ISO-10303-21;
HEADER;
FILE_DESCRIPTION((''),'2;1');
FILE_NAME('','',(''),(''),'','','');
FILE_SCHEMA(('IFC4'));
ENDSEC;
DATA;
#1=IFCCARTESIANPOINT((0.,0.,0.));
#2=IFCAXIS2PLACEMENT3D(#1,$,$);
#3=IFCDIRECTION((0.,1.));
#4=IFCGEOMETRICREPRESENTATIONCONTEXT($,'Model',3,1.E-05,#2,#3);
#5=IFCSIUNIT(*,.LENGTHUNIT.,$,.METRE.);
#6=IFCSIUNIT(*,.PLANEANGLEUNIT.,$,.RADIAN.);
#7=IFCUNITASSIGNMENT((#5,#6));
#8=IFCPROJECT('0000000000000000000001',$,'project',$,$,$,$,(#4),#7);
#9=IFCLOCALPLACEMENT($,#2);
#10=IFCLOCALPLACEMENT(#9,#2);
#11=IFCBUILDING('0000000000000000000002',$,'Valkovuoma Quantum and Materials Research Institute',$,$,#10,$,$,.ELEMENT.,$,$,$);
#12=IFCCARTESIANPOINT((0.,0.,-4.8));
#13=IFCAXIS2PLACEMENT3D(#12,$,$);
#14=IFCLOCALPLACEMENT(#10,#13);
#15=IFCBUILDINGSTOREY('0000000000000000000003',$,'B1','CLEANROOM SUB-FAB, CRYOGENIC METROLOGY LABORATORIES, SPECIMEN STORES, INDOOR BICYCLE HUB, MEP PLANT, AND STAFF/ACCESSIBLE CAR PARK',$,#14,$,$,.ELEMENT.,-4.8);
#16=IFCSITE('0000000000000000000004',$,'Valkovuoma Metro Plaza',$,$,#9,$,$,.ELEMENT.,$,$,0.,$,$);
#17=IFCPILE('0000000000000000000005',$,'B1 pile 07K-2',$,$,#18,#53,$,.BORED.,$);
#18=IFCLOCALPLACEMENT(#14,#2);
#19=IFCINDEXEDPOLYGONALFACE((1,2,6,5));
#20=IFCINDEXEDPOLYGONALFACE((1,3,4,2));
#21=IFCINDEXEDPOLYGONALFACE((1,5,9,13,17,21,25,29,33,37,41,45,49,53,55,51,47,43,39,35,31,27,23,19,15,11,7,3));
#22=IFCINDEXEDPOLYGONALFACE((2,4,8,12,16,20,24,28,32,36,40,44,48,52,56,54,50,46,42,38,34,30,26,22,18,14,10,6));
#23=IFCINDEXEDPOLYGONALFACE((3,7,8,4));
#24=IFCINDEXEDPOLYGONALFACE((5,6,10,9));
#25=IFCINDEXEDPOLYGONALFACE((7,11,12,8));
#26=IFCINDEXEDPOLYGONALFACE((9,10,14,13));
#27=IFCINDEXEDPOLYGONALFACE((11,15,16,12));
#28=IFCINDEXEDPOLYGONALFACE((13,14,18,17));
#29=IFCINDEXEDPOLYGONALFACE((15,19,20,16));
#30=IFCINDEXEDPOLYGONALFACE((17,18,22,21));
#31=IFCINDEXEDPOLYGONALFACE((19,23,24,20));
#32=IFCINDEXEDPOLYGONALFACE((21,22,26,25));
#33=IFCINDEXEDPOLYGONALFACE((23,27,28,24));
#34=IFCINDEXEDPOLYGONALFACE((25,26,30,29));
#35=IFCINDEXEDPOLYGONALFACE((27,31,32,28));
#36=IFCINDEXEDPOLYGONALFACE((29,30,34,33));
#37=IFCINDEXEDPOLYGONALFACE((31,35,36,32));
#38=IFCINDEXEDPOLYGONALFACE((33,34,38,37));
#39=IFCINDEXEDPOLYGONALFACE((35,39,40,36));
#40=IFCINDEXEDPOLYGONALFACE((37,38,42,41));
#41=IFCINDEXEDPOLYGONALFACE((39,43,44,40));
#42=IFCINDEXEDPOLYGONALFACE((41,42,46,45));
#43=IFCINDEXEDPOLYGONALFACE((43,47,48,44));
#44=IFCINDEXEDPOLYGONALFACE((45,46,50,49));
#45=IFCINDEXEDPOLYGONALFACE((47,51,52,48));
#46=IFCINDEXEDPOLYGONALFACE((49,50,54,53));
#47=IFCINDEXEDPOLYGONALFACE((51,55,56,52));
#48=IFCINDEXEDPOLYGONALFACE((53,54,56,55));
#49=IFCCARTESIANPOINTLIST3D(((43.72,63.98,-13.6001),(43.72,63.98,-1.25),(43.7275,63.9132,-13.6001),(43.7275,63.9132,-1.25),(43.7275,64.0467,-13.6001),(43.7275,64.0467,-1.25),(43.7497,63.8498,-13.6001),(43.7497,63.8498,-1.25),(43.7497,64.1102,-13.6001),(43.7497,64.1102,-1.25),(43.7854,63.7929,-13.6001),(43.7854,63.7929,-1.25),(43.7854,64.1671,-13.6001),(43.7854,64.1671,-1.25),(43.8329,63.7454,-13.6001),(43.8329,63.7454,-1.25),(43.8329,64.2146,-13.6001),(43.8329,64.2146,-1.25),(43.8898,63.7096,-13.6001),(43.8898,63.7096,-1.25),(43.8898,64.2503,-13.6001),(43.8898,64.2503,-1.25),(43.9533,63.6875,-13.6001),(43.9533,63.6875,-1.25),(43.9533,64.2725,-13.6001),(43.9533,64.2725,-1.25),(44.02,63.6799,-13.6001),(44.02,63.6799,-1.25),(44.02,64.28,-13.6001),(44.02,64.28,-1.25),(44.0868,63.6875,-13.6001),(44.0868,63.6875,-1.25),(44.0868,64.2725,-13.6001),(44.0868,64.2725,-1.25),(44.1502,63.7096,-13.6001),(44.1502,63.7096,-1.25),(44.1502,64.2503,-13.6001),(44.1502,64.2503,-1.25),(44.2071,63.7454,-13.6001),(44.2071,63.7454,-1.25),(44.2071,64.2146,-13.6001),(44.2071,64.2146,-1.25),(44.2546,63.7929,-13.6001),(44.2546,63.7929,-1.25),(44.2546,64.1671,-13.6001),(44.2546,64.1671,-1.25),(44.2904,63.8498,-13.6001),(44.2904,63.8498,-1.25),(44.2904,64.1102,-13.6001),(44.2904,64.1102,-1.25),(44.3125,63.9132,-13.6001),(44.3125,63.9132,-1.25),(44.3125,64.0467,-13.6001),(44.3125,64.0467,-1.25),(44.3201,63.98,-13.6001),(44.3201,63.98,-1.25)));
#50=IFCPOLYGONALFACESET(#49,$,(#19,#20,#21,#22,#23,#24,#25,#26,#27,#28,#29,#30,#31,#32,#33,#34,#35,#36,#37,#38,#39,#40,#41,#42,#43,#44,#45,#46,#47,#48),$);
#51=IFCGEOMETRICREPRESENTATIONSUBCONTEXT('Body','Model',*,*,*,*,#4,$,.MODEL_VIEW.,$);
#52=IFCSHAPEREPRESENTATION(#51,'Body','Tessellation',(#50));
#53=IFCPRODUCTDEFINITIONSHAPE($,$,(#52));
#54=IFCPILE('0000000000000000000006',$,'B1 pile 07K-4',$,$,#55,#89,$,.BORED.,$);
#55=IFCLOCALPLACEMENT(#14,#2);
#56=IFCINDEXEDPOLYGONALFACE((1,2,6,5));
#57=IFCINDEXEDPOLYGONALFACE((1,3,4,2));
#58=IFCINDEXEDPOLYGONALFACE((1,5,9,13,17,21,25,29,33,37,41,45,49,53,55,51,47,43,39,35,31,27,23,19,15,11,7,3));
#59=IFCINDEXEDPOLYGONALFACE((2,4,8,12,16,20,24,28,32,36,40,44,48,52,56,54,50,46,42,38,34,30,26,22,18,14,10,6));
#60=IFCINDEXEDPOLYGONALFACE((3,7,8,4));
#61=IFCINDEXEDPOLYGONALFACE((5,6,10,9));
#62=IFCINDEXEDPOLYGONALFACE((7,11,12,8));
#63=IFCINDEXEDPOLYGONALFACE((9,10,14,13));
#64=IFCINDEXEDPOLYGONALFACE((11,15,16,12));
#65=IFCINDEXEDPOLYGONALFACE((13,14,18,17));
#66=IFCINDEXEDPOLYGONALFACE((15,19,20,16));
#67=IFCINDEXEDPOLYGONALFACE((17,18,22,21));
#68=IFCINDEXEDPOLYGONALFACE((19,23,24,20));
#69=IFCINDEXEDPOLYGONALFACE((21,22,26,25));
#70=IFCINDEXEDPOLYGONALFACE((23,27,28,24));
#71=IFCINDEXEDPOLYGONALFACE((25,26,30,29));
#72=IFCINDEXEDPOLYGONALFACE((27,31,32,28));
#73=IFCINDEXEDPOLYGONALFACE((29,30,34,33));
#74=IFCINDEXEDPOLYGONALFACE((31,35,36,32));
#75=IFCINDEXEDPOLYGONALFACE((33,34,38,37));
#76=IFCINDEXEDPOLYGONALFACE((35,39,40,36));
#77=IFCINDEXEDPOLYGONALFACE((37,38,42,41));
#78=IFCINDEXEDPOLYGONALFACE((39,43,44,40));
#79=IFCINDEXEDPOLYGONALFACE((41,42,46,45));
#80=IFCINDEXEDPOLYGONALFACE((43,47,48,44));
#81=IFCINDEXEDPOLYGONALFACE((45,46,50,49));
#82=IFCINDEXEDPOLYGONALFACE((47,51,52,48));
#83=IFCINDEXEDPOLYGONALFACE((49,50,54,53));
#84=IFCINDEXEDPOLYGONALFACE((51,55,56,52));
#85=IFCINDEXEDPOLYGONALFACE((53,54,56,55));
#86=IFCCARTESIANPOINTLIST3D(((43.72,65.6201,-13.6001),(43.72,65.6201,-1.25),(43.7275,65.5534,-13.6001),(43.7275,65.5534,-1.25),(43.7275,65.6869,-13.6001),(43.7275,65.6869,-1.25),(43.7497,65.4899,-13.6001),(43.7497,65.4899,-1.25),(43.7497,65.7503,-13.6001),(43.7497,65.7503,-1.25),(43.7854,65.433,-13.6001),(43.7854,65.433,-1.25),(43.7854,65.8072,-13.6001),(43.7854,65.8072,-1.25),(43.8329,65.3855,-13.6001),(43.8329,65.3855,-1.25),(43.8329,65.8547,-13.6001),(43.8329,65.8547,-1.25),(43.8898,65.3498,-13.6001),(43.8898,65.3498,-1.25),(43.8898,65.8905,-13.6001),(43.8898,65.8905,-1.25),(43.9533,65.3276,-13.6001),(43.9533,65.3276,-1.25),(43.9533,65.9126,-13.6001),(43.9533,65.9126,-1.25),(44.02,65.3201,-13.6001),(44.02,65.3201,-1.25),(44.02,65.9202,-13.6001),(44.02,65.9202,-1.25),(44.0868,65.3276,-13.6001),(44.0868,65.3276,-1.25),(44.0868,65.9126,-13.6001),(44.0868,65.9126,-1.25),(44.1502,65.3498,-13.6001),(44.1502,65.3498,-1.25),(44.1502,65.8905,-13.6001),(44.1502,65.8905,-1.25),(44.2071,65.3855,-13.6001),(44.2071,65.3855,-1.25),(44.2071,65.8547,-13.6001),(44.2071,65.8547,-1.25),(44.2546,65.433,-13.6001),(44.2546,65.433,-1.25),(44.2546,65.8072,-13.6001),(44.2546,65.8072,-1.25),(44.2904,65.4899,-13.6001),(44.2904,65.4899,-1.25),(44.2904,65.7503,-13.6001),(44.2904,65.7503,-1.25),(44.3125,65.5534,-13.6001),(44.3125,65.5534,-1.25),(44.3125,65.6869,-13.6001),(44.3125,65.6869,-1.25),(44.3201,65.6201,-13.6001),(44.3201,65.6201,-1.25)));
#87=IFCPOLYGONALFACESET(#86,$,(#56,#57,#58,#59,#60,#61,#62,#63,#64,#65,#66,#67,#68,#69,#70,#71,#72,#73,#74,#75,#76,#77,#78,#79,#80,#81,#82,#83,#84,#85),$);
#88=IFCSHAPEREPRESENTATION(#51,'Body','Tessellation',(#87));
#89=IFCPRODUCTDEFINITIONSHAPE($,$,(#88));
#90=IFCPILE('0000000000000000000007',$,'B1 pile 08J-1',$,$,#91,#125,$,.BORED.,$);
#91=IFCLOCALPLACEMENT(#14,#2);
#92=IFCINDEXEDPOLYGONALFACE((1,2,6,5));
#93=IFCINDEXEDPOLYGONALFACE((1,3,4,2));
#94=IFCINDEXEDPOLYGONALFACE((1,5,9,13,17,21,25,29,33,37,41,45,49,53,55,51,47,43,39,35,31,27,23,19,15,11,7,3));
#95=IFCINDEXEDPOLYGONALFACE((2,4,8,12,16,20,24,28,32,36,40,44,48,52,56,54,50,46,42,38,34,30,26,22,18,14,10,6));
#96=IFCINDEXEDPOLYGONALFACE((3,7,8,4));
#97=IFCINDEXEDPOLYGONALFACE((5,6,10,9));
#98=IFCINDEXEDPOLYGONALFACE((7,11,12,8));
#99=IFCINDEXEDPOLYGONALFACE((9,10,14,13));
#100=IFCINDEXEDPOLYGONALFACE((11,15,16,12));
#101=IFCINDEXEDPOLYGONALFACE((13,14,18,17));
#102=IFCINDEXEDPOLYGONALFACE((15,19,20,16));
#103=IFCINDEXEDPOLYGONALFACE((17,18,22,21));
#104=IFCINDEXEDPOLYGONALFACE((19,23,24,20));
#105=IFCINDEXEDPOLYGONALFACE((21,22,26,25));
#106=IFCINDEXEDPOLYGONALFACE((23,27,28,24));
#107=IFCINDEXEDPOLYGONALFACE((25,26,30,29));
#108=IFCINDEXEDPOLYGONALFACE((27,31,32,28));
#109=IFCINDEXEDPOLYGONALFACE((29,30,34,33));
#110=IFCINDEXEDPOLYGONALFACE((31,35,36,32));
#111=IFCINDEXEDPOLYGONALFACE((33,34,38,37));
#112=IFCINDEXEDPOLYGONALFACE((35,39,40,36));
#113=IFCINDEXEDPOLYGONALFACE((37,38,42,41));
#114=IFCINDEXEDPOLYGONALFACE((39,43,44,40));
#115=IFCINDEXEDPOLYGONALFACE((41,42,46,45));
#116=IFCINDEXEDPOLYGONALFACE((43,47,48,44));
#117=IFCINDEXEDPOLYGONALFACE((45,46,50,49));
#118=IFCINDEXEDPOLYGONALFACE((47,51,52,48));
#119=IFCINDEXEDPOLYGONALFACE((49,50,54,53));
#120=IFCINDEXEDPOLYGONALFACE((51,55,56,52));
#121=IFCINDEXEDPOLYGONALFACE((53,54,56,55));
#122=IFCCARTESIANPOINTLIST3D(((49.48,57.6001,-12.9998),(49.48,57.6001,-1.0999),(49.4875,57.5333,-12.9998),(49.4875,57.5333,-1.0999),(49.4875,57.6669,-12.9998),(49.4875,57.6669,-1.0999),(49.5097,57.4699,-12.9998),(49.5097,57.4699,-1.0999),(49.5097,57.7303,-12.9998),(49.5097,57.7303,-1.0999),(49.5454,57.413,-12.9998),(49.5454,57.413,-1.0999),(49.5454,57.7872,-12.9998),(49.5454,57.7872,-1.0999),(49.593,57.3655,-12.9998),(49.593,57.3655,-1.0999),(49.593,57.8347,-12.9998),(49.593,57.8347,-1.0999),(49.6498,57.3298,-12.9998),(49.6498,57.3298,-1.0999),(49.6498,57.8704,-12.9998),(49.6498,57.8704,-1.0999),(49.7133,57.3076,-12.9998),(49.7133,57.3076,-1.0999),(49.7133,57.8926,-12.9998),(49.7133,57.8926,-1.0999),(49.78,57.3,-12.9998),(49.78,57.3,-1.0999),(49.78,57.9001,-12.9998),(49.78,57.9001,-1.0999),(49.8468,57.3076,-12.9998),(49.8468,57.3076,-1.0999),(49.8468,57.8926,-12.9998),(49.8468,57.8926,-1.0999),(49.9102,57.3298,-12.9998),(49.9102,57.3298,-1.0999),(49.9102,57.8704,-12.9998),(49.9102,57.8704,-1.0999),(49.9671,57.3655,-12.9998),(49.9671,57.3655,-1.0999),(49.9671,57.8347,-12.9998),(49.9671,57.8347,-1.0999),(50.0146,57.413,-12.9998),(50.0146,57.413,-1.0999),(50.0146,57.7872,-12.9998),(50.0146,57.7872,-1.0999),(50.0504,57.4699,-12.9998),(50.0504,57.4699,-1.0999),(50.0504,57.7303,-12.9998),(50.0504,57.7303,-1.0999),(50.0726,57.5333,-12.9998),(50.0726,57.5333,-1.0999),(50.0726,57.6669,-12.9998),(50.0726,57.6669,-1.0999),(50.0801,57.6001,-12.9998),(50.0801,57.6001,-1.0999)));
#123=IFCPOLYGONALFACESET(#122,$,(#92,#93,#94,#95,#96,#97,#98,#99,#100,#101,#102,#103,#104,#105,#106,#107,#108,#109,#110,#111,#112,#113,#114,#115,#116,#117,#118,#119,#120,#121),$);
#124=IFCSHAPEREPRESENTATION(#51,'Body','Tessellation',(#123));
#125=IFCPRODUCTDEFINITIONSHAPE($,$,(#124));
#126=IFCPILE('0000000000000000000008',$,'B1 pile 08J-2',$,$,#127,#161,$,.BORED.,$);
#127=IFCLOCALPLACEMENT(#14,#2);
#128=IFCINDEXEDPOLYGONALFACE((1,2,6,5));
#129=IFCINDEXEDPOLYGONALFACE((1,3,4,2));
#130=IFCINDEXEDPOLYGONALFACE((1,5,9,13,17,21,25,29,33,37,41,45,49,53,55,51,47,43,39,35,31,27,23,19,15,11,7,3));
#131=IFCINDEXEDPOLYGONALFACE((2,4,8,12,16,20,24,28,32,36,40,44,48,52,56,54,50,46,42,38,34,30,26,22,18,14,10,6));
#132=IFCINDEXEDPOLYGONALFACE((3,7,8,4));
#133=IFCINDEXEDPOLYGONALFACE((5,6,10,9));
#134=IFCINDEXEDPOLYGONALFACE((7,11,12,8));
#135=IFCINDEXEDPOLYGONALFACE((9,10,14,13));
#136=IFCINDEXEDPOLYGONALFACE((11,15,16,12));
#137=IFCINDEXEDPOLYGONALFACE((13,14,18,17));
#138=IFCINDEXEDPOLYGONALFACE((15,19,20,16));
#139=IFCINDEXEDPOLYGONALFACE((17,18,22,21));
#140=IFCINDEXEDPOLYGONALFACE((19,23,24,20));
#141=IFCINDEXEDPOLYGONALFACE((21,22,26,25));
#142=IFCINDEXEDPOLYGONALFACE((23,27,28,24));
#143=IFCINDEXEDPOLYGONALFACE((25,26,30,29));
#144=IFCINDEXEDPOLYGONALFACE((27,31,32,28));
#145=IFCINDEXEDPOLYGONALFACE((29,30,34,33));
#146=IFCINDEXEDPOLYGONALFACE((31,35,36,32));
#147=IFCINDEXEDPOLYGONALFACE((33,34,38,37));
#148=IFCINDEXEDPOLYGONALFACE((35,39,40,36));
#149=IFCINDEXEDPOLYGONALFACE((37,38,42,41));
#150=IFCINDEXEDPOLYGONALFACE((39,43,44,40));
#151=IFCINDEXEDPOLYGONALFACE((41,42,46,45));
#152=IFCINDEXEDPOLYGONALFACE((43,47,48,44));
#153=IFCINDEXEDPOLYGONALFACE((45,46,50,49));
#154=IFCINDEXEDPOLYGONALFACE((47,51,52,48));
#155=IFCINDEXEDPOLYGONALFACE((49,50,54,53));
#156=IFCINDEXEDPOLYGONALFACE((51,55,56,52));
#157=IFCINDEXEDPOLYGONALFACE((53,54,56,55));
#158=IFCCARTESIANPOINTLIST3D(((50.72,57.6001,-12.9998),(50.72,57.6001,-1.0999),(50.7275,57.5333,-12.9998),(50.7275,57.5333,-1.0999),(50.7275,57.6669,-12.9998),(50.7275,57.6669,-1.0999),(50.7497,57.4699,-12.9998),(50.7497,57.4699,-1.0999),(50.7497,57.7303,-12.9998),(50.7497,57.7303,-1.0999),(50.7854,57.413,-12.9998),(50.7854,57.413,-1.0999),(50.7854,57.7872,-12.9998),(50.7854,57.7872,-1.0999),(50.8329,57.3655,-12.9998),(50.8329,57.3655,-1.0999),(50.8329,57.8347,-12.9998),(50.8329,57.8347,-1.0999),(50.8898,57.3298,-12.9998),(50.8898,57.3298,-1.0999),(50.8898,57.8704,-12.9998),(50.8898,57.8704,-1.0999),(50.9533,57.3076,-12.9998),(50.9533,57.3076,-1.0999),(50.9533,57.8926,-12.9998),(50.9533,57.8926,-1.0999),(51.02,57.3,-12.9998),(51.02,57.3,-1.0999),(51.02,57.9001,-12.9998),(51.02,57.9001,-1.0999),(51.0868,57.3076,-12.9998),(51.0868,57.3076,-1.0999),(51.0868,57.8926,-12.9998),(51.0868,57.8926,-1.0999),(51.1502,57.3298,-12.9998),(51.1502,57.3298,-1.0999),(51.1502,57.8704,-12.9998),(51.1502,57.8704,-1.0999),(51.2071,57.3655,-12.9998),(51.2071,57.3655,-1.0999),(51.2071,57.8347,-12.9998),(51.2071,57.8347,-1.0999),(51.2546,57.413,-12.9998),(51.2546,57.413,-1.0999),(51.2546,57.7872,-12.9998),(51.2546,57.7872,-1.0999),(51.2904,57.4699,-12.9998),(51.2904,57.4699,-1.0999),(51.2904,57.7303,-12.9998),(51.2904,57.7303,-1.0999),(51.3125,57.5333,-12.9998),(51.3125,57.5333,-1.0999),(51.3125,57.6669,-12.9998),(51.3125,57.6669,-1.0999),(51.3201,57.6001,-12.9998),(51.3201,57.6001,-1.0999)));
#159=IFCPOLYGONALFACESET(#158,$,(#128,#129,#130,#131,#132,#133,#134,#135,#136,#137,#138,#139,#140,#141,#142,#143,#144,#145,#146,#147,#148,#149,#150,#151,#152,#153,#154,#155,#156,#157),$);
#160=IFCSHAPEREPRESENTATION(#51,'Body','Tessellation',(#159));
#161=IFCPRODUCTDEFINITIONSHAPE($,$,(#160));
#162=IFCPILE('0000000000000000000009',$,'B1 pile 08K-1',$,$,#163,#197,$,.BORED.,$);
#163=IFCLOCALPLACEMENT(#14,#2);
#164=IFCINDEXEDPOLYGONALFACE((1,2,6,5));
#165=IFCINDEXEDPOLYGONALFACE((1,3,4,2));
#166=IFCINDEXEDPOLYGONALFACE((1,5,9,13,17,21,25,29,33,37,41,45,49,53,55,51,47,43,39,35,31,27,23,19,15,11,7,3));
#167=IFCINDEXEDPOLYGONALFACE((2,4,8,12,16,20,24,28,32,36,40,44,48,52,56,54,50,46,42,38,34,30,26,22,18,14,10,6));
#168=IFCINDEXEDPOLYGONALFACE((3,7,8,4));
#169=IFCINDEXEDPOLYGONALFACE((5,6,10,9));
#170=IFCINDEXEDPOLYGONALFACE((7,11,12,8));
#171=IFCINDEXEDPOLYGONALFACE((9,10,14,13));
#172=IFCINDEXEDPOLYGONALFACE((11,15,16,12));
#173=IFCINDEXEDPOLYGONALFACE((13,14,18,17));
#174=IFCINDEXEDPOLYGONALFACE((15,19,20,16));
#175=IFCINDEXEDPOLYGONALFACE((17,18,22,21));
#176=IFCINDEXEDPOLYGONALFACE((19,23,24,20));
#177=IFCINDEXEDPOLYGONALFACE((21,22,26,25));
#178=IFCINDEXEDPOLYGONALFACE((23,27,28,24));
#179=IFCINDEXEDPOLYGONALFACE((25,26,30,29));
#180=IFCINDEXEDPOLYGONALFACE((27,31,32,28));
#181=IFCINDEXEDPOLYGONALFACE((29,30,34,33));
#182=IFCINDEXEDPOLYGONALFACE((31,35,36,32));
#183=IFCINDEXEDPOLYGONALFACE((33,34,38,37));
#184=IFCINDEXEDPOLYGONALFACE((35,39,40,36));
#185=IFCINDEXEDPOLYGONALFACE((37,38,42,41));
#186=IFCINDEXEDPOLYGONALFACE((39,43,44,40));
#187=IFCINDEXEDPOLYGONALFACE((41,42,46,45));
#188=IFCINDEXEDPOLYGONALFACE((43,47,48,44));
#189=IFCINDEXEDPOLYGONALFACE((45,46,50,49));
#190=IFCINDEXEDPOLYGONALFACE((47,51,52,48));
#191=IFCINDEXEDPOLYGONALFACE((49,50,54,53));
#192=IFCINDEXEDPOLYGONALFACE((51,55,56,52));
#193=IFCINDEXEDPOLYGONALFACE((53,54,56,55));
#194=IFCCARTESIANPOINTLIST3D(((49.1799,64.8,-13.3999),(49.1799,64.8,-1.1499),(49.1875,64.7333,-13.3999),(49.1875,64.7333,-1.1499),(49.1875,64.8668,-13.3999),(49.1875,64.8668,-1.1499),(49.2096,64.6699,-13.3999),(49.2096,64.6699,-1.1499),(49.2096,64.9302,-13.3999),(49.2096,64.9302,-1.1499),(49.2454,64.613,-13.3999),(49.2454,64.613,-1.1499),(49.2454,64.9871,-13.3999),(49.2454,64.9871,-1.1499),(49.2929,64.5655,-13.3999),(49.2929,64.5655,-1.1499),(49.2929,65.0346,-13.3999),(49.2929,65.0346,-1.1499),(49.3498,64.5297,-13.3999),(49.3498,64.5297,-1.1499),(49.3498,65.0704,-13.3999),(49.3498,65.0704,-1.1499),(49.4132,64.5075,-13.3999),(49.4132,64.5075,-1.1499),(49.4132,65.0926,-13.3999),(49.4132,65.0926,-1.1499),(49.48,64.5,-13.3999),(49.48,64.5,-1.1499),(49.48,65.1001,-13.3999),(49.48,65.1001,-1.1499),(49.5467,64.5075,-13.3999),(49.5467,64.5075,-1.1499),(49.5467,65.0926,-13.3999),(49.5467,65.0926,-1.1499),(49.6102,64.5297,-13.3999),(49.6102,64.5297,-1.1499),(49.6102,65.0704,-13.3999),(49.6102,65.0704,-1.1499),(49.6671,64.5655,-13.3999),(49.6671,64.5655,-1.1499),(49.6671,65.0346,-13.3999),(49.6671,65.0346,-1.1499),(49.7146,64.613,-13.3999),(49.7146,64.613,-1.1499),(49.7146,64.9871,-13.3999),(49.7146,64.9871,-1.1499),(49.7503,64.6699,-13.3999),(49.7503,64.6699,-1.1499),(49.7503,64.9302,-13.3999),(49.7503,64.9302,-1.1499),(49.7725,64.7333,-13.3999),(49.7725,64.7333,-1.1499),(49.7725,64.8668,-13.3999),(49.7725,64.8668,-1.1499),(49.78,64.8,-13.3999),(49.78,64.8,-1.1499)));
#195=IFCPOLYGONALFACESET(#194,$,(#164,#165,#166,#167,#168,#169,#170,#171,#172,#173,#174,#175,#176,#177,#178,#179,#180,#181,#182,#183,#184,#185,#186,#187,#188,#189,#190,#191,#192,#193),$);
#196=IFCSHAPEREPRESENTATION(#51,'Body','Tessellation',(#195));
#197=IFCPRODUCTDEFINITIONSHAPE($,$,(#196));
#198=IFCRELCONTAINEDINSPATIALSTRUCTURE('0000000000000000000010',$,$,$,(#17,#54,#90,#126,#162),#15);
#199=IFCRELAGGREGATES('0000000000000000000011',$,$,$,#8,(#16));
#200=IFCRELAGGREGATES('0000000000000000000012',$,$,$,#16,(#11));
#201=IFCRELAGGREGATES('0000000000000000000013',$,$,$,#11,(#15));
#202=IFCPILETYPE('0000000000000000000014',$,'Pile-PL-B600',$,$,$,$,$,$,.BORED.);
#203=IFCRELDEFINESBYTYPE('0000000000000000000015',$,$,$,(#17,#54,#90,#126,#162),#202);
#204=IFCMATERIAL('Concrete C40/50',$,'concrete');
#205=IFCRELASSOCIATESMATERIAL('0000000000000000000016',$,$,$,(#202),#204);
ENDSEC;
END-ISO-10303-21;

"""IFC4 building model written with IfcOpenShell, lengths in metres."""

from ifc_helpers import new_model, si_unit, direction, frame, origin, origin_2d, place, context, subcontext, project, spatial, circle, extrude, material, material_profile, profile_set, type_object, element, save


model = new_model("IFC4")

# Units and contexts
model_context = context("Model", 3, precision=1e-05, world=origin(), true_north=direction((0.0, 1.0)))
body_context = subcontext(model_context, "Body", "Model", "MODEL_VIEW")
ifc_project = project(units=[si_unit("LENGTHUNIT", "METRE"), si_unit("PLANEANGLEUNIT", "RADIAN")], contexts=[model_context])

# Site, building, storey
site_placement = place(None, origin())
site = spatial("IfcSite", under=ifc_project, at=site_placement, Name="Valkovuoma Metro Plaza", CompositionType="ELEMENT", RefElevation=0.0)
building_placement = place(site_placement, origin())
building = spatial("IfcBuilding", under=site, at=building_placement, Name="Valkovuoma Quantum and Materials Research Institute", CompositionType="ELEMENT")
storey_placement = place(building_placement, frame((0.0, 0.0, -4.8)))
storey = spatial("IfcBuildingStorey", under=building, at=storey_placement, Name="B1", Description="CLEANROOM SUB-FAB, CRYOGENIC METROLOGY LABORATORIES, SPECIMEN STORES, INDOOR BICYCLE HUB, MEP PLANT, AND STAFF/ACCESSIBLE CAR PARK", CompositionType="ELEMENT", Elevation=-4.8)

# Piles
ifc_material_1 = material(Name="Concrete C40/50", Category="concrete")
ifc_material_profile_1 = material_profile(ifc_material_1, circle(Radius=0.3, at=origin_2d()), Name="Concrete C40/50")
ifc_profile_set_1 = profile_set([ifc_material_profile_1], Name="Concrete C40/50")
pile_type_1 = type_object("IfcPileType", Name="Pile-PL-B600", PredefinedType="BORED", material=ifc_profile_set_1)
for number, where, z_axis, x_axis, name in (
    (1, (44.02, 63.98, -1.25), (0.0, 0.0, -1.0), (1.0, 0.0, 0.0), "B1 pile 07K-2"),
    (2, (44.02, 65.6201, -1.25), (0.0, 0.0, -1.0), (1.0, 0.0, 0.0), "B1 pile 07K-4"),
):
    element("IfcPile", number, at=place(storey_placement, frame(where, z_axis=z_axis, x_axis=x_axis)), inside=storey, type_object=pile_type_1, Name=name, PredefinedType="BORED", context=body_context, shape_type="SweptSolid", body=[
        extrude(circle(Radius=0.3, at=origin_2d()), origin(), (0.0, 0.0, 1.0), 12.3501),
    ])
for number, where, z_axis, x_axis, name in (
    (3, (49.78, 57.6001, -1.0999), (0.0, 0.0, -1.0), (1.0, 0.0, 0.0), "B1 pile 08J-1"),
    (4, (51.02, 57.6001, -1.0999), (0.0, 0.0, -1.0), (1.0, 0.0, 0.0), "B1 pile 08J-2"),
):
    element("IfcPile", number, at=place(storey_placement, frame(where, z_axis=z_axis, x_axis=x_axis)), inside=storey, type_object=pile_type_1, Name=name, PredefinedType="BORED", context=body_context, shape_type="SweptSolid", body=[
        extrude(circle(Radius=0.3, at=origin_2d()), origin(), (0.0, 0.0, 1.0), 11.8999),
    ])
for number, where, z_axis, x_axis, name in (
    (5, (49.48, 64.8, -1.1499), (0.0, 0.0, -1.0), (1.0, 0.0, 0.0), "B1 pile 08K-1"),
):
    element("IfcPile", number, at=place(storey_placement, frame(where, z_axis=z_axis, x_axis=x_axis)), inside=storey, type_object=pile_type_1, Name=name, PredefinedType="BORED", context=body_context, shape_type="SweptSolid", body=[
        extrude(circle(Radius=0.3, at=origin_2d()), origin(), (0.0, 0.0, 1.0), 12.25),
    ])

save(model, "model.ifc")
